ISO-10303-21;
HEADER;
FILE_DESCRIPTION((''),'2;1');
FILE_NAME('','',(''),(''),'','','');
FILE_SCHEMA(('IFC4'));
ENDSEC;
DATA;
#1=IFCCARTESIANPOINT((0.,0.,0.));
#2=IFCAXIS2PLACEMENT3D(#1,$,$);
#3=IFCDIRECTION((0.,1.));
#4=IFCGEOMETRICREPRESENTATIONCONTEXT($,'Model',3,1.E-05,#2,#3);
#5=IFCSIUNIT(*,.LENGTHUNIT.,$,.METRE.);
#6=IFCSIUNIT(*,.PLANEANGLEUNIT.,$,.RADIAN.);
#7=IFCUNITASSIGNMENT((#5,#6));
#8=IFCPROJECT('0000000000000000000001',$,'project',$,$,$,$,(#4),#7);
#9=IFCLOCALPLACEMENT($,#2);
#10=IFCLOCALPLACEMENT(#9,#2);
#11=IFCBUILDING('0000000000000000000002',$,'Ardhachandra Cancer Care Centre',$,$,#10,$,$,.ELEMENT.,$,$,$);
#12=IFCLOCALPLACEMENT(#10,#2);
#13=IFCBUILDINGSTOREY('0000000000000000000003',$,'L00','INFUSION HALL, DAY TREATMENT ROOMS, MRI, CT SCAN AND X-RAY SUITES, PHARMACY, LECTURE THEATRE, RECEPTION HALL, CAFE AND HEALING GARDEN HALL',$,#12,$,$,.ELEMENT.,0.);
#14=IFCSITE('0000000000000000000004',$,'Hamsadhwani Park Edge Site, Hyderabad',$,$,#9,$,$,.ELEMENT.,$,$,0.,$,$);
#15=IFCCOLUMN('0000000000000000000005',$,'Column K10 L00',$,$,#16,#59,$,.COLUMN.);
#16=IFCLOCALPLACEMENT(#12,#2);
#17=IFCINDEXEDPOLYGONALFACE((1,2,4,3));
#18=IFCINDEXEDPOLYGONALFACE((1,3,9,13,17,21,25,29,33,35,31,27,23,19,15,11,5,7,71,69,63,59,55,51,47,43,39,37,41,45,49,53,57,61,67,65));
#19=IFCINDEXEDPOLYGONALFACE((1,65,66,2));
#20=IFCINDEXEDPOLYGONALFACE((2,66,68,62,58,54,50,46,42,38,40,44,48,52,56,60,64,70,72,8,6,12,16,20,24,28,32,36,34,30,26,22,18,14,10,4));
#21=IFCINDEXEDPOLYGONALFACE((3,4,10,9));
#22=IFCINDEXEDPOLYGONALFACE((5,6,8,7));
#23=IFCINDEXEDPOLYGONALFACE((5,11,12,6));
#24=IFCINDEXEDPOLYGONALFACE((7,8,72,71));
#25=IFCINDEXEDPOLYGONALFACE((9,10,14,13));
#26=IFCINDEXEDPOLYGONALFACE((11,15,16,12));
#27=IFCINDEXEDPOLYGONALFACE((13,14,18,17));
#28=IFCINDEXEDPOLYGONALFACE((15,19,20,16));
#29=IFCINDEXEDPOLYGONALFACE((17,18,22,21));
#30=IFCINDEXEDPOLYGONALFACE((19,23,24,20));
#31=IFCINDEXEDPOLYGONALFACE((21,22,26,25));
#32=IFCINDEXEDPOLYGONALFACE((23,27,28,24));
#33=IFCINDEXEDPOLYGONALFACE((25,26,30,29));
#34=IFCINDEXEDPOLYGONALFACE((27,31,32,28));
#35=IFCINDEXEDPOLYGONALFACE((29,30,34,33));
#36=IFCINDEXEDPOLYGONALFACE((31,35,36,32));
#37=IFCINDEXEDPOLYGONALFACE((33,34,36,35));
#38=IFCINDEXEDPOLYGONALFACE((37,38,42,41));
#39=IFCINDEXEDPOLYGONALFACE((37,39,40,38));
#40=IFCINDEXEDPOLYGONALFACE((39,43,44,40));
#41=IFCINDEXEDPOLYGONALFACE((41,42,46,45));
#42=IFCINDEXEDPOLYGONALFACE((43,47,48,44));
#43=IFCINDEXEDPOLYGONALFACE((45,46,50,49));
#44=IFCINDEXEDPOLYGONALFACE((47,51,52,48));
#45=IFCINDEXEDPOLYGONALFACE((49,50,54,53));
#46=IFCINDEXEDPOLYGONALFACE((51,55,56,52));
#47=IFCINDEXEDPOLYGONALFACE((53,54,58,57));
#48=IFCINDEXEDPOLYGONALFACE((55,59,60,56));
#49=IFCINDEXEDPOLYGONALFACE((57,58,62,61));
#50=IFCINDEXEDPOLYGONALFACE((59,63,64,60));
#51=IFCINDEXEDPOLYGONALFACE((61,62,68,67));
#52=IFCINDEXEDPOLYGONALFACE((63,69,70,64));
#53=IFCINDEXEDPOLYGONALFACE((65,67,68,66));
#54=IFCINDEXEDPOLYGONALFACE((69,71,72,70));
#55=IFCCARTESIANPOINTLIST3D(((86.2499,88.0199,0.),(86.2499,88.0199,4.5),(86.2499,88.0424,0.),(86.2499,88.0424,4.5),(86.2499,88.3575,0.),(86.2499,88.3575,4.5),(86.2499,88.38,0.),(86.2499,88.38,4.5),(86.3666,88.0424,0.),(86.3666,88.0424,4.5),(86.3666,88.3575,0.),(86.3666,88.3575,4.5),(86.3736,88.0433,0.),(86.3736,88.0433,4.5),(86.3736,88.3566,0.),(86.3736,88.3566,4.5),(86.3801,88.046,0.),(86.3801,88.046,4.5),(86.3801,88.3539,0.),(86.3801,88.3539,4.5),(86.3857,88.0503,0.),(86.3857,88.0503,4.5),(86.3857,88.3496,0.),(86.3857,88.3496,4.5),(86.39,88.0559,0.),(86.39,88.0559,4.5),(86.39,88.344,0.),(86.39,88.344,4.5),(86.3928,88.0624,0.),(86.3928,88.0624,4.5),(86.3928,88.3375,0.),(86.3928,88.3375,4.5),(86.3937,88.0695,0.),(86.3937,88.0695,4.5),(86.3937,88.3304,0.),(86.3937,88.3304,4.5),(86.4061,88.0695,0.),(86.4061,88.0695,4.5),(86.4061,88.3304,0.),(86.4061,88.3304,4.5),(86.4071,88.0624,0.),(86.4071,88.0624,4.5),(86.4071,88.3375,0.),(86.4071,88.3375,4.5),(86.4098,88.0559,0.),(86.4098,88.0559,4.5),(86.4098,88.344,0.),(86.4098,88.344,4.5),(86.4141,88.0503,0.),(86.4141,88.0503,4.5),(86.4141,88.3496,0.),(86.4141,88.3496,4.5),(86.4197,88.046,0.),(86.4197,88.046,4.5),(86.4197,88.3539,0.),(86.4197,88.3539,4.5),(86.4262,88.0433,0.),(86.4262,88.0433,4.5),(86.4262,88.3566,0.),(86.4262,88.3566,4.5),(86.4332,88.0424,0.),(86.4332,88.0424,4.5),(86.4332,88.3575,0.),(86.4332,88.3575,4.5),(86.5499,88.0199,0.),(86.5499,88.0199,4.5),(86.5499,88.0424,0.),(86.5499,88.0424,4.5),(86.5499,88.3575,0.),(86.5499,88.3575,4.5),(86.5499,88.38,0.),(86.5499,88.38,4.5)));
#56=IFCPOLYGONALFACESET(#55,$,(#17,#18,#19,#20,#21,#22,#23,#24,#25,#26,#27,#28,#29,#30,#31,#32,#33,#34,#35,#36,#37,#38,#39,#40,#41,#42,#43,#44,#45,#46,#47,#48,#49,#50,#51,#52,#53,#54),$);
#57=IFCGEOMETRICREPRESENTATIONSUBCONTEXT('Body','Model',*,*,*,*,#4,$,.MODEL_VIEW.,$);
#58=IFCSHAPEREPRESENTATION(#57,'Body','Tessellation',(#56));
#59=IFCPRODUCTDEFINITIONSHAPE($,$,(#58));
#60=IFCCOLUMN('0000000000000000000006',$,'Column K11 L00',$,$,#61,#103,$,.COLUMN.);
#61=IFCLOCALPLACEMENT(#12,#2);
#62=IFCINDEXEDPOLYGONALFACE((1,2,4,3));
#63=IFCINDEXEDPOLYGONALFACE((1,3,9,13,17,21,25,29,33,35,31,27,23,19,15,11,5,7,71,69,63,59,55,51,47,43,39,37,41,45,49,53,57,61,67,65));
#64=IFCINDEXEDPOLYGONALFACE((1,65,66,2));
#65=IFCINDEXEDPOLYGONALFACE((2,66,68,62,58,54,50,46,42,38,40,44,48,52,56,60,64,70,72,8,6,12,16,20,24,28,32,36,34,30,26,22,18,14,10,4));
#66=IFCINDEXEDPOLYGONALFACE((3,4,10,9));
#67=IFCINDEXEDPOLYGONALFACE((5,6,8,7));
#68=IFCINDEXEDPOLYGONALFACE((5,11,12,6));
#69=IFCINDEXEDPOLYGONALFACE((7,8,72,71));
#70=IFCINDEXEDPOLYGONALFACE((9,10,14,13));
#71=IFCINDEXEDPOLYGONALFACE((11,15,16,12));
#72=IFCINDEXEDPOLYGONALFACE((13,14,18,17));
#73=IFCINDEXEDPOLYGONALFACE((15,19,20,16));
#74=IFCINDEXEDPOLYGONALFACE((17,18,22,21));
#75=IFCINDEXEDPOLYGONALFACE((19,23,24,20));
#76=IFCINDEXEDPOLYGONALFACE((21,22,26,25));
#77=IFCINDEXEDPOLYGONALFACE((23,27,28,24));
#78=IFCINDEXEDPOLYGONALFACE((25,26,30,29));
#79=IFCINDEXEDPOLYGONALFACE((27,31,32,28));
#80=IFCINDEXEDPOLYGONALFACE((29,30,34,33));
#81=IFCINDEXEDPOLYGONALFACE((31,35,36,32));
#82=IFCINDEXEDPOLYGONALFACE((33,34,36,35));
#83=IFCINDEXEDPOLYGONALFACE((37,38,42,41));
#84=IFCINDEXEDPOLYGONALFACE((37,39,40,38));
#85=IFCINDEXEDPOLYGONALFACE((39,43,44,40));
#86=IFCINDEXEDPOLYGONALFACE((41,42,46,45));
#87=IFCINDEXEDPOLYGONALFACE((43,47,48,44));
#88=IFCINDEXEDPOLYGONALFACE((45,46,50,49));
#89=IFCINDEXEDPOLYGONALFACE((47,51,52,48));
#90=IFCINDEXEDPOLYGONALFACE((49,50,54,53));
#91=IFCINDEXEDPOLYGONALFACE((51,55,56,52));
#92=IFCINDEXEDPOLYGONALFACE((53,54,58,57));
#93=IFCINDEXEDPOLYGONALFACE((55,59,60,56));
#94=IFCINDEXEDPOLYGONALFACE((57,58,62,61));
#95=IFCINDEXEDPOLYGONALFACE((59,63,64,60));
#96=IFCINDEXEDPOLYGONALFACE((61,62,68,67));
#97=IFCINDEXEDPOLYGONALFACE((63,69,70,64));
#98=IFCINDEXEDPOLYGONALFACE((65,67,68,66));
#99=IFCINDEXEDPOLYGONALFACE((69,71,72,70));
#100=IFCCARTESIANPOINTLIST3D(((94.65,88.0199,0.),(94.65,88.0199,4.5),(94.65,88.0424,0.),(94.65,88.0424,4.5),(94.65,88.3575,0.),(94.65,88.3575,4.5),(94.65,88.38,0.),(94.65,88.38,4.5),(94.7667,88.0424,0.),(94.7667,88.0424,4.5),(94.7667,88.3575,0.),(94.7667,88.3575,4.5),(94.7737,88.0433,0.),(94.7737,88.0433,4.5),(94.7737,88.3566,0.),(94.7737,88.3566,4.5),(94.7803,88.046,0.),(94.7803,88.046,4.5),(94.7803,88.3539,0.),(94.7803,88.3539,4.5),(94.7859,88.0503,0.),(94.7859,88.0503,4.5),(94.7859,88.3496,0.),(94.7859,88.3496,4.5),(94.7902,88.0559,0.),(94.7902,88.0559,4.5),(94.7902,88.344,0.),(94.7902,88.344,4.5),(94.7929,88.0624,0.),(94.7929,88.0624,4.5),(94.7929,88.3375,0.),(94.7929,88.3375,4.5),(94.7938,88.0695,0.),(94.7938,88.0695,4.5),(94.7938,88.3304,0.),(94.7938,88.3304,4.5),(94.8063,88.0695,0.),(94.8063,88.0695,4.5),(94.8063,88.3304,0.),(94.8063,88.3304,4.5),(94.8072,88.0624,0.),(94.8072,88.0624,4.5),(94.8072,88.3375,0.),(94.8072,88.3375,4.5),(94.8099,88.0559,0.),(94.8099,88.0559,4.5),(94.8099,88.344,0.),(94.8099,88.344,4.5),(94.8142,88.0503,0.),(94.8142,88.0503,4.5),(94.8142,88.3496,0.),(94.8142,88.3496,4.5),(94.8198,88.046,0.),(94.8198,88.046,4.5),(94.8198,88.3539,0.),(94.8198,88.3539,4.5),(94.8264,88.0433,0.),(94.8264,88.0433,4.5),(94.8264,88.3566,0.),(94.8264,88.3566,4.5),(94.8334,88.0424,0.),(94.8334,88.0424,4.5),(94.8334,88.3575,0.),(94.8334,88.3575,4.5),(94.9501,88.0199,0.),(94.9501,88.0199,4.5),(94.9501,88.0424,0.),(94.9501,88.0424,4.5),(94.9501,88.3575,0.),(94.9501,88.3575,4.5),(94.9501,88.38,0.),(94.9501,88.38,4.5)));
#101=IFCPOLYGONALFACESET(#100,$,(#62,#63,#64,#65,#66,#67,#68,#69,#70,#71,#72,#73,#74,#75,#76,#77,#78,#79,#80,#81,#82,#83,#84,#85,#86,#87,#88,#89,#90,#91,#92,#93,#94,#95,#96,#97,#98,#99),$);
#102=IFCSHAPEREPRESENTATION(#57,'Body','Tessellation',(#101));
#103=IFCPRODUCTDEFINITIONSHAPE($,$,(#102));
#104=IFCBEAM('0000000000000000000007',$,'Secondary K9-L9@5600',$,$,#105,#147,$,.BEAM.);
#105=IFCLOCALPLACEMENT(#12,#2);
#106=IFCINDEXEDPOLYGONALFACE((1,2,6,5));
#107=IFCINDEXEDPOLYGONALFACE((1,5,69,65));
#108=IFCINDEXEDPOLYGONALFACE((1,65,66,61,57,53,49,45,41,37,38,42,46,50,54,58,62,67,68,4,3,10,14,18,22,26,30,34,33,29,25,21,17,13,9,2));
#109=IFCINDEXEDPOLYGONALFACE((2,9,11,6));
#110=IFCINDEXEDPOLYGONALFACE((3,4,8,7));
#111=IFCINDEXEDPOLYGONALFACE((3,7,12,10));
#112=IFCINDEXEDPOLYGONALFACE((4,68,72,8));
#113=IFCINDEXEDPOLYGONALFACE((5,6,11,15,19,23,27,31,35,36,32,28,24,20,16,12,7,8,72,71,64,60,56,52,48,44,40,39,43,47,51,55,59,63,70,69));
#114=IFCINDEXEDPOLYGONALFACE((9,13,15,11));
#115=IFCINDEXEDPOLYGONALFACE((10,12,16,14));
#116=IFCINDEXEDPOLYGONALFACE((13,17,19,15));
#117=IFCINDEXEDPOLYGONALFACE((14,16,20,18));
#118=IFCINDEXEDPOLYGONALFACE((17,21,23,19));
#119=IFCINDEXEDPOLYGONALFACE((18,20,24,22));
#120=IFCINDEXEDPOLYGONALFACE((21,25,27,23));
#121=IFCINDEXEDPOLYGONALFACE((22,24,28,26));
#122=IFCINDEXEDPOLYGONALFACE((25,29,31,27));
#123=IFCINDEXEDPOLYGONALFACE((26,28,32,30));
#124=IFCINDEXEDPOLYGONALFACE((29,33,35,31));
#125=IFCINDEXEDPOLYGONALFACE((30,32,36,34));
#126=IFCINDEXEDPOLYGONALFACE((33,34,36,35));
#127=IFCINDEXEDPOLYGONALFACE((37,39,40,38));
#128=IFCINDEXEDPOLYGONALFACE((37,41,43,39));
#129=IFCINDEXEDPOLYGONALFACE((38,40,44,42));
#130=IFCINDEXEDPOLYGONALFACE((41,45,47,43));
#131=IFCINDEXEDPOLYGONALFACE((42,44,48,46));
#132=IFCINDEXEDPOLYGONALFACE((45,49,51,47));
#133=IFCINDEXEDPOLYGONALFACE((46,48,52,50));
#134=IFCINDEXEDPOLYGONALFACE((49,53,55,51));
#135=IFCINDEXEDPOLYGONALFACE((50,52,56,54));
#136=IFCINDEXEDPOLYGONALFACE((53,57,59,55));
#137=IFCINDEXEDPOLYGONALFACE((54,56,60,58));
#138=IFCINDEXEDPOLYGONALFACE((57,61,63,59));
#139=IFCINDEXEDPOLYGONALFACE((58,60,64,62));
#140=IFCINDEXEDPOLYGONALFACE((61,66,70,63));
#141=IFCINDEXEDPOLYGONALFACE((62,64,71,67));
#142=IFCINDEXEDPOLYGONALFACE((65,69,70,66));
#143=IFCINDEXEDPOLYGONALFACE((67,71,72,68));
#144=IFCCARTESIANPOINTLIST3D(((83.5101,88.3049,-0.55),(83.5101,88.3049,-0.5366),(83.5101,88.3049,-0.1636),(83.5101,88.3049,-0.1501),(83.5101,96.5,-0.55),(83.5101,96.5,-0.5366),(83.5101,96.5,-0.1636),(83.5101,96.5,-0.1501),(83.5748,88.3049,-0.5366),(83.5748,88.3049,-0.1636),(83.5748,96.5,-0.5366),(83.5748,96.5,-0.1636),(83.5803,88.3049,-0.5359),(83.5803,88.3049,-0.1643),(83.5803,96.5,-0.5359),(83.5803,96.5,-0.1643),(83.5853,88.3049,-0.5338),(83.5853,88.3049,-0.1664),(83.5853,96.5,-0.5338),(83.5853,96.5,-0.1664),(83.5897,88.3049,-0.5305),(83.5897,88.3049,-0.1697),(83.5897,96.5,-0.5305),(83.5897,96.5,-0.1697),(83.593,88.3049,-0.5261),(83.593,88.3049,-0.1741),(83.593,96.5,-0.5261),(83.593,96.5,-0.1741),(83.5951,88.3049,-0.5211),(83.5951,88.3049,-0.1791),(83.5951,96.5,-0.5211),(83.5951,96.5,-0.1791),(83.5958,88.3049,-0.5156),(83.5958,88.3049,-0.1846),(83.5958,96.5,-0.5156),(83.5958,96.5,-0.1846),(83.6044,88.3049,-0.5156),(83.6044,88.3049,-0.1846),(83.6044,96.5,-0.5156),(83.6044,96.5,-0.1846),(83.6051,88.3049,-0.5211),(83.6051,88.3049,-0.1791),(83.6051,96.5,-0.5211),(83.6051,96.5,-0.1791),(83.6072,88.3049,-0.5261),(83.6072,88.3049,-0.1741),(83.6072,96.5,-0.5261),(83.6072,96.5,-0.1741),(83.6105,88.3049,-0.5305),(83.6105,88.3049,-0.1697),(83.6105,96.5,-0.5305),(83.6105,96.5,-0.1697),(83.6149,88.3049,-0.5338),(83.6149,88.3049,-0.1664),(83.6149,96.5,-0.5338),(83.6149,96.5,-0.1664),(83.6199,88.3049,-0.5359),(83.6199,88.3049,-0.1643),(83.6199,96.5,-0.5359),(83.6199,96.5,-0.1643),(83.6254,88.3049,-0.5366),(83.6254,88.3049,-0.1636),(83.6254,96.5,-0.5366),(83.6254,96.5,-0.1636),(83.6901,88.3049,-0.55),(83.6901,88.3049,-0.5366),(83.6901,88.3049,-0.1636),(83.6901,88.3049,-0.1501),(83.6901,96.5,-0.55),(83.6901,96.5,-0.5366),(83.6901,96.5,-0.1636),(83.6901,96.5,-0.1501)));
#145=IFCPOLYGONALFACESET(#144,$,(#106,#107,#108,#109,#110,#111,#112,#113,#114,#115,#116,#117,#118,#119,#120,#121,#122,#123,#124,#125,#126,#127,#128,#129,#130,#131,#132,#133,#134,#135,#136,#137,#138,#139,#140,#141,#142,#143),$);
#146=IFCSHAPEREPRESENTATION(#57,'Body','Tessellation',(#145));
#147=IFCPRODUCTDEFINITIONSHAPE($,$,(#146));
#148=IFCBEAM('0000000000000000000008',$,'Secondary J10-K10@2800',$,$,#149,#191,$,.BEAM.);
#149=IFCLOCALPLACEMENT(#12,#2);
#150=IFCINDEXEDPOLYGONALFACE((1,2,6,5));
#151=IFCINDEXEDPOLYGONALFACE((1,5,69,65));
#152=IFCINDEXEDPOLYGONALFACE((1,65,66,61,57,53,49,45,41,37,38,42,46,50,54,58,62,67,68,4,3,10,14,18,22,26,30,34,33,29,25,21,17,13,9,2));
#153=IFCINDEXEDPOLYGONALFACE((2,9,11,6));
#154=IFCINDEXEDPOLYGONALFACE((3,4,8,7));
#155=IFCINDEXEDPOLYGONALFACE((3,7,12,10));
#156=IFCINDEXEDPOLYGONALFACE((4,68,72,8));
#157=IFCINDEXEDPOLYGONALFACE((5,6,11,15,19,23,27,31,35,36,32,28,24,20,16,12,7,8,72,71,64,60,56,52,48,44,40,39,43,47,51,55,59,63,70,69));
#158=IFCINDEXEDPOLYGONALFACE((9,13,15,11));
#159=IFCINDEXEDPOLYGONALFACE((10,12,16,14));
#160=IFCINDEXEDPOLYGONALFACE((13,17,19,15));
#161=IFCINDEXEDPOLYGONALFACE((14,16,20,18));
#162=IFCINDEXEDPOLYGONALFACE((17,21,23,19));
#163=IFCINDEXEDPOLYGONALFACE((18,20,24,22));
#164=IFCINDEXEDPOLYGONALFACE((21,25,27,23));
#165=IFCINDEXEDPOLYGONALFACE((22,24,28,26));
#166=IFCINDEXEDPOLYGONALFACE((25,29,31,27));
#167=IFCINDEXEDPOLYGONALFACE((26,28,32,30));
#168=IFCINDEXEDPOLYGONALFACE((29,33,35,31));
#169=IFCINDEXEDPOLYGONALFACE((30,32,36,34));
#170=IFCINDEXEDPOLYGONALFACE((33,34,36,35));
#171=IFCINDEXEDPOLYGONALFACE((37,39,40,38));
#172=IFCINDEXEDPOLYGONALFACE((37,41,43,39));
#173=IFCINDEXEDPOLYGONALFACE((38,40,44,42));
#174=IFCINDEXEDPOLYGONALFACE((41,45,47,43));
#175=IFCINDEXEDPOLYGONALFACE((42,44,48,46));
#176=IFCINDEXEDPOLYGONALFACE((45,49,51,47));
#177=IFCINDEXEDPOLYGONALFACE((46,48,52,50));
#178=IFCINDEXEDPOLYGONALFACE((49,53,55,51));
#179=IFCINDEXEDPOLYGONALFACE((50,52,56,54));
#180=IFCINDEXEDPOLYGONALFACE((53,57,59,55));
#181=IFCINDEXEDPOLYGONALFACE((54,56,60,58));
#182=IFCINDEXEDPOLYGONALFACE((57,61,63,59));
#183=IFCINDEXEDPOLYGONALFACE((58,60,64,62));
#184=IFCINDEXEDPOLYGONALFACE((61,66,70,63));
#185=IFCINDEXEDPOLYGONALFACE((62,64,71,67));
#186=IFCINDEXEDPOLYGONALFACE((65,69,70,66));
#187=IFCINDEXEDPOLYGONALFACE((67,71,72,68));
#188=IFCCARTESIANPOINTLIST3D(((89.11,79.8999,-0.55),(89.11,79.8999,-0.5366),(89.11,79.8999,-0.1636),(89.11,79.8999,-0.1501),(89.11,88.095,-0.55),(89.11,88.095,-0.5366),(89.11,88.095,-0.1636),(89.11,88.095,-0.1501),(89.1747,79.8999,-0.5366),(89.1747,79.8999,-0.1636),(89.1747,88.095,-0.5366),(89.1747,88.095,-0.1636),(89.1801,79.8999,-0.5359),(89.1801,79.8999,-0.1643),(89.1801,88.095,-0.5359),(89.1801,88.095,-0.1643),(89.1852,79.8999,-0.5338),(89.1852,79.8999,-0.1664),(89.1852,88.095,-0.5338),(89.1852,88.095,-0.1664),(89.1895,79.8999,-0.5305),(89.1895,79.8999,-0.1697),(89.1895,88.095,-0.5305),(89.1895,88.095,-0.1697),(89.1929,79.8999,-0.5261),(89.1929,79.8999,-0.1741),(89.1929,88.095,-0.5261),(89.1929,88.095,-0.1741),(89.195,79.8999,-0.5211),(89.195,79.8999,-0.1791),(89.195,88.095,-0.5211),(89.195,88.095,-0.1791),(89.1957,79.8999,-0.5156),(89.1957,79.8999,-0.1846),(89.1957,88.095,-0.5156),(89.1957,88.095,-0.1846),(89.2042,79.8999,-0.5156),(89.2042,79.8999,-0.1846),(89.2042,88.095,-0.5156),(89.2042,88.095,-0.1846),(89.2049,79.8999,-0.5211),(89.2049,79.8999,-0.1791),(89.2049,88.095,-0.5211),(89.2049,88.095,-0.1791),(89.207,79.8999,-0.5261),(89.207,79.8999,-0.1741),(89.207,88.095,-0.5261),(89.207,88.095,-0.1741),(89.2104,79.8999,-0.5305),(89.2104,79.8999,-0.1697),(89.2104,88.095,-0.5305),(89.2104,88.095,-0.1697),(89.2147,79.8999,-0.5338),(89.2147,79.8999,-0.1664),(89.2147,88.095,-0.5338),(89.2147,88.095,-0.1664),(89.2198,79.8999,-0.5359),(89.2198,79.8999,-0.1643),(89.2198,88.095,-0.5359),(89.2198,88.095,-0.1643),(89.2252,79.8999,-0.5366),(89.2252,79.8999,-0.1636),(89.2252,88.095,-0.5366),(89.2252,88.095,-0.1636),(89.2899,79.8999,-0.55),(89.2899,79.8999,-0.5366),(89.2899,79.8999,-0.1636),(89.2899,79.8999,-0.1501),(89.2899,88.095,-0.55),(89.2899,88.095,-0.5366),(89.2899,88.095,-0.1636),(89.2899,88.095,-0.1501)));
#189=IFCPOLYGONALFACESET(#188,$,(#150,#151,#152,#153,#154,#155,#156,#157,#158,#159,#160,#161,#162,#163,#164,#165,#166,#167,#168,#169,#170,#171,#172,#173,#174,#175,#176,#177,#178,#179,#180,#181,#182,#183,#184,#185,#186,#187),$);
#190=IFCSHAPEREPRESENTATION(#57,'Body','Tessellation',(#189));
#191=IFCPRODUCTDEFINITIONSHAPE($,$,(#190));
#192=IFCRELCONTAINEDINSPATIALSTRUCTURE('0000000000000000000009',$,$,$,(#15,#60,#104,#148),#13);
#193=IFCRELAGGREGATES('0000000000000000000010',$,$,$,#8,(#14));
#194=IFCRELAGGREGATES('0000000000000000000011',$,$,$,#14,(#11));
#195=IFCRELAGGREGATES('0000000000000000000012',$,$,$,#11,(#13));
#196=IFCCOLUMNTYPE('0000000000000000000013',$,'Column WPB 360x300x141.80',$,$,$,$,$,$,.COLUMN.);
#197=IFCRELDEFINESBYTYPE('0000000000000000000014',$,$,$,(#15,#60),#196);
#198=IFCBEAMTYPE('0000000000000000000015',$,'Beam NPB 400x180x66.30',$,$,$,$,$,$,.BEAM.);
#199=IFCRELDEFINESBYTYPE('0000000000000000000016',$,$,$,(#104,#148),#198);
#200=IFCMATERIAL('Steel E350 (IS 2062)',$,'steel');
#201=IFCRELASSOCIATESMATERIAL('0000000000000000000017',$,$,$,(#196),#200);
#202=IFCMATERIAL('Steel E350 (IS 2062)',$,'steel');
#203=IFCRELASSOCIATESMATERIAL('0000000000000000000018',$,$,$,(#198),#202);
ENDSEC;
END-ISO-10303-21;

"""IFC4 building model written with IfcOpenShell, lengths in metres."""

from ifc_helpers import new_model, si_unit, direction, frame, origin, origin_2d, place, context, subcontext, project, spatial, i_section, extrude, material, material_profile, profile_set, type_object, element, save


model = new_model("IFC4")

# Units and contexts
model_context = context("Model", 3, precision=1e-05, world=origin(), true_north=direction((0.0, 1.0)))
body_context = subcontext(model_context, "Body", "Model", "MODEL_VIEW")
ifc_project = project(units=[si_unit("LENGTHUNIT", "METRE"), si_unit("PLANEANGLEUNIT", "RADIAN")], contexts=[model_context])

# Site, building, storey
site_placement = place(None, origin())
site = spatial("IfcSite", under=ifc_project, at=site_placement, Name="Hamsadhwani Park Edge Site, Hyderabad", CompositionType="ELEMENT", RefElevation=0.0)
building_placement = place(site_placement, origin())
building = spatial("IfcBuilding", under=site, at=building_placement, Name="Ardhachandra Cancer Care Centre", CompositionType="ELEMENT")
storey_placement = place(building_placement, origin())
storey = spatial("IfcBuildingStorey", under=building, at=storey_placement, Name="L00", Description="INFUSION HALL, DAY TREATMENT ROOMS, MRI, CT SCAN AND X-RAY SUITES, PHARMACY, LECTURE THEATRE, RECEPTION HALL, CAFE AND HEALING GARDEN HALL", CompositionType="ELEMENT", Elevation=0.0)

# Columns
ifc_material_1 = material(Name="Steel E350 (IS 2062)", Category="steel")
ifc_material_profile_1 = material_profile(ifc_material_1, i_section(OverallWidth=0.3, OverallDepth=0.3601, WebThickness=0.0125, FlangeThickness=0.0225, FilletRadius=0.0271, at=origin_2d()), Name="WPB 360x300x141.80")
ifc_profile_set_1 = profile_set([ifc_material_profile_1], Name="Steel E350 (IS 2062)")
column_type = type_object("IfcColumnType", Name="Column WPB 360x300x141.80", PredefinedType="COLUMN", material=ifc_profile_set_1)
for number, where, z_axis, x_axis, name in (
    (1, (86.3999, 88.2, 0.0), (0.0, 0.0, 1.0), (1.0, 0.0, 0.0), "Column K10 L00"),
    (2, (94.8, 88.2, 0.0), (0.0, 0.0, 1.0), (1.0, 0.0, 0.0), "Column K11 L00"),
):
    element("IfcColumn", number, at=place(storey_placement, frame(where, z_axis=z_axis, x_axis=x_axis)), inside=storey, type_object=column_type, Name=name, PredefinedType="COLUMN", context=body_context, shape_type="SweptSolid", body=[
        extrude(i_section(OverallWidth=0.3, OverallDepth=0.3601, WebThickness=0.0125, FlangeThickness=0.0225, FilletRadius=0.0271, at=origin_2d()), origin(), (0.0, 0.0, 1.0), 4.5),
    ])

# Beams
ifc_material_2 = material(Name="Steel E350 (IS 2062)", Category="steel")
ifc_material_profile_2 = material_profile(ifc_material_2, i_section(OverallWidth=0.1799, OverallDepth=0.3999, WebThickness=0.0085, FlangeThickness=0.0134, FilletRadius=0.021, at=origin_2d()), Name="NPB 400x180x66.30")
ifc_profile_set_2 = profile_set([ifc_material_profile_2], Name="Steel E350 (IS 2062)")
beam_type_1 = type_object("IfcBeamType", Name="Beam NPB 400x180x66.30", PredefinedType="BEAM", material=ifc_profile_set_2)
for number, where, z_axis, x_axis, name in (
    (3, (83.6001, 88.3049, -0.3501), (0.0, 1.0, 0.0), (-1.0, 0.0, 0.0), "Secondary K9-L9@5600"),
    (4, (89.2, 79.8999, -0.3501), (0.0, 1.0, 0.0), (-1.0, 0.0, 0.0), "Secondary J10-K10@2800"),
):
    element("IfcBeam", number, at=place(storey_placement, frame(where, z_axis=z_axis, x_axis=x_axis)), inside=storey, type_object=beam_type_1, Name=name, PredefinedType="BEAM", context=body_context, shape_type="SweptSolid", body=[
        extrude(i_section(OverallWidth=0.1799, OverallDepth=0.3999, WebThickness=0.0085, FlangeThickness=0.0134, FilletRadius=0.021, at=origin_2d()), origin(), (0.0, 0.0, 1.0), 8.1951),
    ])

save(model, "model.ifc")
